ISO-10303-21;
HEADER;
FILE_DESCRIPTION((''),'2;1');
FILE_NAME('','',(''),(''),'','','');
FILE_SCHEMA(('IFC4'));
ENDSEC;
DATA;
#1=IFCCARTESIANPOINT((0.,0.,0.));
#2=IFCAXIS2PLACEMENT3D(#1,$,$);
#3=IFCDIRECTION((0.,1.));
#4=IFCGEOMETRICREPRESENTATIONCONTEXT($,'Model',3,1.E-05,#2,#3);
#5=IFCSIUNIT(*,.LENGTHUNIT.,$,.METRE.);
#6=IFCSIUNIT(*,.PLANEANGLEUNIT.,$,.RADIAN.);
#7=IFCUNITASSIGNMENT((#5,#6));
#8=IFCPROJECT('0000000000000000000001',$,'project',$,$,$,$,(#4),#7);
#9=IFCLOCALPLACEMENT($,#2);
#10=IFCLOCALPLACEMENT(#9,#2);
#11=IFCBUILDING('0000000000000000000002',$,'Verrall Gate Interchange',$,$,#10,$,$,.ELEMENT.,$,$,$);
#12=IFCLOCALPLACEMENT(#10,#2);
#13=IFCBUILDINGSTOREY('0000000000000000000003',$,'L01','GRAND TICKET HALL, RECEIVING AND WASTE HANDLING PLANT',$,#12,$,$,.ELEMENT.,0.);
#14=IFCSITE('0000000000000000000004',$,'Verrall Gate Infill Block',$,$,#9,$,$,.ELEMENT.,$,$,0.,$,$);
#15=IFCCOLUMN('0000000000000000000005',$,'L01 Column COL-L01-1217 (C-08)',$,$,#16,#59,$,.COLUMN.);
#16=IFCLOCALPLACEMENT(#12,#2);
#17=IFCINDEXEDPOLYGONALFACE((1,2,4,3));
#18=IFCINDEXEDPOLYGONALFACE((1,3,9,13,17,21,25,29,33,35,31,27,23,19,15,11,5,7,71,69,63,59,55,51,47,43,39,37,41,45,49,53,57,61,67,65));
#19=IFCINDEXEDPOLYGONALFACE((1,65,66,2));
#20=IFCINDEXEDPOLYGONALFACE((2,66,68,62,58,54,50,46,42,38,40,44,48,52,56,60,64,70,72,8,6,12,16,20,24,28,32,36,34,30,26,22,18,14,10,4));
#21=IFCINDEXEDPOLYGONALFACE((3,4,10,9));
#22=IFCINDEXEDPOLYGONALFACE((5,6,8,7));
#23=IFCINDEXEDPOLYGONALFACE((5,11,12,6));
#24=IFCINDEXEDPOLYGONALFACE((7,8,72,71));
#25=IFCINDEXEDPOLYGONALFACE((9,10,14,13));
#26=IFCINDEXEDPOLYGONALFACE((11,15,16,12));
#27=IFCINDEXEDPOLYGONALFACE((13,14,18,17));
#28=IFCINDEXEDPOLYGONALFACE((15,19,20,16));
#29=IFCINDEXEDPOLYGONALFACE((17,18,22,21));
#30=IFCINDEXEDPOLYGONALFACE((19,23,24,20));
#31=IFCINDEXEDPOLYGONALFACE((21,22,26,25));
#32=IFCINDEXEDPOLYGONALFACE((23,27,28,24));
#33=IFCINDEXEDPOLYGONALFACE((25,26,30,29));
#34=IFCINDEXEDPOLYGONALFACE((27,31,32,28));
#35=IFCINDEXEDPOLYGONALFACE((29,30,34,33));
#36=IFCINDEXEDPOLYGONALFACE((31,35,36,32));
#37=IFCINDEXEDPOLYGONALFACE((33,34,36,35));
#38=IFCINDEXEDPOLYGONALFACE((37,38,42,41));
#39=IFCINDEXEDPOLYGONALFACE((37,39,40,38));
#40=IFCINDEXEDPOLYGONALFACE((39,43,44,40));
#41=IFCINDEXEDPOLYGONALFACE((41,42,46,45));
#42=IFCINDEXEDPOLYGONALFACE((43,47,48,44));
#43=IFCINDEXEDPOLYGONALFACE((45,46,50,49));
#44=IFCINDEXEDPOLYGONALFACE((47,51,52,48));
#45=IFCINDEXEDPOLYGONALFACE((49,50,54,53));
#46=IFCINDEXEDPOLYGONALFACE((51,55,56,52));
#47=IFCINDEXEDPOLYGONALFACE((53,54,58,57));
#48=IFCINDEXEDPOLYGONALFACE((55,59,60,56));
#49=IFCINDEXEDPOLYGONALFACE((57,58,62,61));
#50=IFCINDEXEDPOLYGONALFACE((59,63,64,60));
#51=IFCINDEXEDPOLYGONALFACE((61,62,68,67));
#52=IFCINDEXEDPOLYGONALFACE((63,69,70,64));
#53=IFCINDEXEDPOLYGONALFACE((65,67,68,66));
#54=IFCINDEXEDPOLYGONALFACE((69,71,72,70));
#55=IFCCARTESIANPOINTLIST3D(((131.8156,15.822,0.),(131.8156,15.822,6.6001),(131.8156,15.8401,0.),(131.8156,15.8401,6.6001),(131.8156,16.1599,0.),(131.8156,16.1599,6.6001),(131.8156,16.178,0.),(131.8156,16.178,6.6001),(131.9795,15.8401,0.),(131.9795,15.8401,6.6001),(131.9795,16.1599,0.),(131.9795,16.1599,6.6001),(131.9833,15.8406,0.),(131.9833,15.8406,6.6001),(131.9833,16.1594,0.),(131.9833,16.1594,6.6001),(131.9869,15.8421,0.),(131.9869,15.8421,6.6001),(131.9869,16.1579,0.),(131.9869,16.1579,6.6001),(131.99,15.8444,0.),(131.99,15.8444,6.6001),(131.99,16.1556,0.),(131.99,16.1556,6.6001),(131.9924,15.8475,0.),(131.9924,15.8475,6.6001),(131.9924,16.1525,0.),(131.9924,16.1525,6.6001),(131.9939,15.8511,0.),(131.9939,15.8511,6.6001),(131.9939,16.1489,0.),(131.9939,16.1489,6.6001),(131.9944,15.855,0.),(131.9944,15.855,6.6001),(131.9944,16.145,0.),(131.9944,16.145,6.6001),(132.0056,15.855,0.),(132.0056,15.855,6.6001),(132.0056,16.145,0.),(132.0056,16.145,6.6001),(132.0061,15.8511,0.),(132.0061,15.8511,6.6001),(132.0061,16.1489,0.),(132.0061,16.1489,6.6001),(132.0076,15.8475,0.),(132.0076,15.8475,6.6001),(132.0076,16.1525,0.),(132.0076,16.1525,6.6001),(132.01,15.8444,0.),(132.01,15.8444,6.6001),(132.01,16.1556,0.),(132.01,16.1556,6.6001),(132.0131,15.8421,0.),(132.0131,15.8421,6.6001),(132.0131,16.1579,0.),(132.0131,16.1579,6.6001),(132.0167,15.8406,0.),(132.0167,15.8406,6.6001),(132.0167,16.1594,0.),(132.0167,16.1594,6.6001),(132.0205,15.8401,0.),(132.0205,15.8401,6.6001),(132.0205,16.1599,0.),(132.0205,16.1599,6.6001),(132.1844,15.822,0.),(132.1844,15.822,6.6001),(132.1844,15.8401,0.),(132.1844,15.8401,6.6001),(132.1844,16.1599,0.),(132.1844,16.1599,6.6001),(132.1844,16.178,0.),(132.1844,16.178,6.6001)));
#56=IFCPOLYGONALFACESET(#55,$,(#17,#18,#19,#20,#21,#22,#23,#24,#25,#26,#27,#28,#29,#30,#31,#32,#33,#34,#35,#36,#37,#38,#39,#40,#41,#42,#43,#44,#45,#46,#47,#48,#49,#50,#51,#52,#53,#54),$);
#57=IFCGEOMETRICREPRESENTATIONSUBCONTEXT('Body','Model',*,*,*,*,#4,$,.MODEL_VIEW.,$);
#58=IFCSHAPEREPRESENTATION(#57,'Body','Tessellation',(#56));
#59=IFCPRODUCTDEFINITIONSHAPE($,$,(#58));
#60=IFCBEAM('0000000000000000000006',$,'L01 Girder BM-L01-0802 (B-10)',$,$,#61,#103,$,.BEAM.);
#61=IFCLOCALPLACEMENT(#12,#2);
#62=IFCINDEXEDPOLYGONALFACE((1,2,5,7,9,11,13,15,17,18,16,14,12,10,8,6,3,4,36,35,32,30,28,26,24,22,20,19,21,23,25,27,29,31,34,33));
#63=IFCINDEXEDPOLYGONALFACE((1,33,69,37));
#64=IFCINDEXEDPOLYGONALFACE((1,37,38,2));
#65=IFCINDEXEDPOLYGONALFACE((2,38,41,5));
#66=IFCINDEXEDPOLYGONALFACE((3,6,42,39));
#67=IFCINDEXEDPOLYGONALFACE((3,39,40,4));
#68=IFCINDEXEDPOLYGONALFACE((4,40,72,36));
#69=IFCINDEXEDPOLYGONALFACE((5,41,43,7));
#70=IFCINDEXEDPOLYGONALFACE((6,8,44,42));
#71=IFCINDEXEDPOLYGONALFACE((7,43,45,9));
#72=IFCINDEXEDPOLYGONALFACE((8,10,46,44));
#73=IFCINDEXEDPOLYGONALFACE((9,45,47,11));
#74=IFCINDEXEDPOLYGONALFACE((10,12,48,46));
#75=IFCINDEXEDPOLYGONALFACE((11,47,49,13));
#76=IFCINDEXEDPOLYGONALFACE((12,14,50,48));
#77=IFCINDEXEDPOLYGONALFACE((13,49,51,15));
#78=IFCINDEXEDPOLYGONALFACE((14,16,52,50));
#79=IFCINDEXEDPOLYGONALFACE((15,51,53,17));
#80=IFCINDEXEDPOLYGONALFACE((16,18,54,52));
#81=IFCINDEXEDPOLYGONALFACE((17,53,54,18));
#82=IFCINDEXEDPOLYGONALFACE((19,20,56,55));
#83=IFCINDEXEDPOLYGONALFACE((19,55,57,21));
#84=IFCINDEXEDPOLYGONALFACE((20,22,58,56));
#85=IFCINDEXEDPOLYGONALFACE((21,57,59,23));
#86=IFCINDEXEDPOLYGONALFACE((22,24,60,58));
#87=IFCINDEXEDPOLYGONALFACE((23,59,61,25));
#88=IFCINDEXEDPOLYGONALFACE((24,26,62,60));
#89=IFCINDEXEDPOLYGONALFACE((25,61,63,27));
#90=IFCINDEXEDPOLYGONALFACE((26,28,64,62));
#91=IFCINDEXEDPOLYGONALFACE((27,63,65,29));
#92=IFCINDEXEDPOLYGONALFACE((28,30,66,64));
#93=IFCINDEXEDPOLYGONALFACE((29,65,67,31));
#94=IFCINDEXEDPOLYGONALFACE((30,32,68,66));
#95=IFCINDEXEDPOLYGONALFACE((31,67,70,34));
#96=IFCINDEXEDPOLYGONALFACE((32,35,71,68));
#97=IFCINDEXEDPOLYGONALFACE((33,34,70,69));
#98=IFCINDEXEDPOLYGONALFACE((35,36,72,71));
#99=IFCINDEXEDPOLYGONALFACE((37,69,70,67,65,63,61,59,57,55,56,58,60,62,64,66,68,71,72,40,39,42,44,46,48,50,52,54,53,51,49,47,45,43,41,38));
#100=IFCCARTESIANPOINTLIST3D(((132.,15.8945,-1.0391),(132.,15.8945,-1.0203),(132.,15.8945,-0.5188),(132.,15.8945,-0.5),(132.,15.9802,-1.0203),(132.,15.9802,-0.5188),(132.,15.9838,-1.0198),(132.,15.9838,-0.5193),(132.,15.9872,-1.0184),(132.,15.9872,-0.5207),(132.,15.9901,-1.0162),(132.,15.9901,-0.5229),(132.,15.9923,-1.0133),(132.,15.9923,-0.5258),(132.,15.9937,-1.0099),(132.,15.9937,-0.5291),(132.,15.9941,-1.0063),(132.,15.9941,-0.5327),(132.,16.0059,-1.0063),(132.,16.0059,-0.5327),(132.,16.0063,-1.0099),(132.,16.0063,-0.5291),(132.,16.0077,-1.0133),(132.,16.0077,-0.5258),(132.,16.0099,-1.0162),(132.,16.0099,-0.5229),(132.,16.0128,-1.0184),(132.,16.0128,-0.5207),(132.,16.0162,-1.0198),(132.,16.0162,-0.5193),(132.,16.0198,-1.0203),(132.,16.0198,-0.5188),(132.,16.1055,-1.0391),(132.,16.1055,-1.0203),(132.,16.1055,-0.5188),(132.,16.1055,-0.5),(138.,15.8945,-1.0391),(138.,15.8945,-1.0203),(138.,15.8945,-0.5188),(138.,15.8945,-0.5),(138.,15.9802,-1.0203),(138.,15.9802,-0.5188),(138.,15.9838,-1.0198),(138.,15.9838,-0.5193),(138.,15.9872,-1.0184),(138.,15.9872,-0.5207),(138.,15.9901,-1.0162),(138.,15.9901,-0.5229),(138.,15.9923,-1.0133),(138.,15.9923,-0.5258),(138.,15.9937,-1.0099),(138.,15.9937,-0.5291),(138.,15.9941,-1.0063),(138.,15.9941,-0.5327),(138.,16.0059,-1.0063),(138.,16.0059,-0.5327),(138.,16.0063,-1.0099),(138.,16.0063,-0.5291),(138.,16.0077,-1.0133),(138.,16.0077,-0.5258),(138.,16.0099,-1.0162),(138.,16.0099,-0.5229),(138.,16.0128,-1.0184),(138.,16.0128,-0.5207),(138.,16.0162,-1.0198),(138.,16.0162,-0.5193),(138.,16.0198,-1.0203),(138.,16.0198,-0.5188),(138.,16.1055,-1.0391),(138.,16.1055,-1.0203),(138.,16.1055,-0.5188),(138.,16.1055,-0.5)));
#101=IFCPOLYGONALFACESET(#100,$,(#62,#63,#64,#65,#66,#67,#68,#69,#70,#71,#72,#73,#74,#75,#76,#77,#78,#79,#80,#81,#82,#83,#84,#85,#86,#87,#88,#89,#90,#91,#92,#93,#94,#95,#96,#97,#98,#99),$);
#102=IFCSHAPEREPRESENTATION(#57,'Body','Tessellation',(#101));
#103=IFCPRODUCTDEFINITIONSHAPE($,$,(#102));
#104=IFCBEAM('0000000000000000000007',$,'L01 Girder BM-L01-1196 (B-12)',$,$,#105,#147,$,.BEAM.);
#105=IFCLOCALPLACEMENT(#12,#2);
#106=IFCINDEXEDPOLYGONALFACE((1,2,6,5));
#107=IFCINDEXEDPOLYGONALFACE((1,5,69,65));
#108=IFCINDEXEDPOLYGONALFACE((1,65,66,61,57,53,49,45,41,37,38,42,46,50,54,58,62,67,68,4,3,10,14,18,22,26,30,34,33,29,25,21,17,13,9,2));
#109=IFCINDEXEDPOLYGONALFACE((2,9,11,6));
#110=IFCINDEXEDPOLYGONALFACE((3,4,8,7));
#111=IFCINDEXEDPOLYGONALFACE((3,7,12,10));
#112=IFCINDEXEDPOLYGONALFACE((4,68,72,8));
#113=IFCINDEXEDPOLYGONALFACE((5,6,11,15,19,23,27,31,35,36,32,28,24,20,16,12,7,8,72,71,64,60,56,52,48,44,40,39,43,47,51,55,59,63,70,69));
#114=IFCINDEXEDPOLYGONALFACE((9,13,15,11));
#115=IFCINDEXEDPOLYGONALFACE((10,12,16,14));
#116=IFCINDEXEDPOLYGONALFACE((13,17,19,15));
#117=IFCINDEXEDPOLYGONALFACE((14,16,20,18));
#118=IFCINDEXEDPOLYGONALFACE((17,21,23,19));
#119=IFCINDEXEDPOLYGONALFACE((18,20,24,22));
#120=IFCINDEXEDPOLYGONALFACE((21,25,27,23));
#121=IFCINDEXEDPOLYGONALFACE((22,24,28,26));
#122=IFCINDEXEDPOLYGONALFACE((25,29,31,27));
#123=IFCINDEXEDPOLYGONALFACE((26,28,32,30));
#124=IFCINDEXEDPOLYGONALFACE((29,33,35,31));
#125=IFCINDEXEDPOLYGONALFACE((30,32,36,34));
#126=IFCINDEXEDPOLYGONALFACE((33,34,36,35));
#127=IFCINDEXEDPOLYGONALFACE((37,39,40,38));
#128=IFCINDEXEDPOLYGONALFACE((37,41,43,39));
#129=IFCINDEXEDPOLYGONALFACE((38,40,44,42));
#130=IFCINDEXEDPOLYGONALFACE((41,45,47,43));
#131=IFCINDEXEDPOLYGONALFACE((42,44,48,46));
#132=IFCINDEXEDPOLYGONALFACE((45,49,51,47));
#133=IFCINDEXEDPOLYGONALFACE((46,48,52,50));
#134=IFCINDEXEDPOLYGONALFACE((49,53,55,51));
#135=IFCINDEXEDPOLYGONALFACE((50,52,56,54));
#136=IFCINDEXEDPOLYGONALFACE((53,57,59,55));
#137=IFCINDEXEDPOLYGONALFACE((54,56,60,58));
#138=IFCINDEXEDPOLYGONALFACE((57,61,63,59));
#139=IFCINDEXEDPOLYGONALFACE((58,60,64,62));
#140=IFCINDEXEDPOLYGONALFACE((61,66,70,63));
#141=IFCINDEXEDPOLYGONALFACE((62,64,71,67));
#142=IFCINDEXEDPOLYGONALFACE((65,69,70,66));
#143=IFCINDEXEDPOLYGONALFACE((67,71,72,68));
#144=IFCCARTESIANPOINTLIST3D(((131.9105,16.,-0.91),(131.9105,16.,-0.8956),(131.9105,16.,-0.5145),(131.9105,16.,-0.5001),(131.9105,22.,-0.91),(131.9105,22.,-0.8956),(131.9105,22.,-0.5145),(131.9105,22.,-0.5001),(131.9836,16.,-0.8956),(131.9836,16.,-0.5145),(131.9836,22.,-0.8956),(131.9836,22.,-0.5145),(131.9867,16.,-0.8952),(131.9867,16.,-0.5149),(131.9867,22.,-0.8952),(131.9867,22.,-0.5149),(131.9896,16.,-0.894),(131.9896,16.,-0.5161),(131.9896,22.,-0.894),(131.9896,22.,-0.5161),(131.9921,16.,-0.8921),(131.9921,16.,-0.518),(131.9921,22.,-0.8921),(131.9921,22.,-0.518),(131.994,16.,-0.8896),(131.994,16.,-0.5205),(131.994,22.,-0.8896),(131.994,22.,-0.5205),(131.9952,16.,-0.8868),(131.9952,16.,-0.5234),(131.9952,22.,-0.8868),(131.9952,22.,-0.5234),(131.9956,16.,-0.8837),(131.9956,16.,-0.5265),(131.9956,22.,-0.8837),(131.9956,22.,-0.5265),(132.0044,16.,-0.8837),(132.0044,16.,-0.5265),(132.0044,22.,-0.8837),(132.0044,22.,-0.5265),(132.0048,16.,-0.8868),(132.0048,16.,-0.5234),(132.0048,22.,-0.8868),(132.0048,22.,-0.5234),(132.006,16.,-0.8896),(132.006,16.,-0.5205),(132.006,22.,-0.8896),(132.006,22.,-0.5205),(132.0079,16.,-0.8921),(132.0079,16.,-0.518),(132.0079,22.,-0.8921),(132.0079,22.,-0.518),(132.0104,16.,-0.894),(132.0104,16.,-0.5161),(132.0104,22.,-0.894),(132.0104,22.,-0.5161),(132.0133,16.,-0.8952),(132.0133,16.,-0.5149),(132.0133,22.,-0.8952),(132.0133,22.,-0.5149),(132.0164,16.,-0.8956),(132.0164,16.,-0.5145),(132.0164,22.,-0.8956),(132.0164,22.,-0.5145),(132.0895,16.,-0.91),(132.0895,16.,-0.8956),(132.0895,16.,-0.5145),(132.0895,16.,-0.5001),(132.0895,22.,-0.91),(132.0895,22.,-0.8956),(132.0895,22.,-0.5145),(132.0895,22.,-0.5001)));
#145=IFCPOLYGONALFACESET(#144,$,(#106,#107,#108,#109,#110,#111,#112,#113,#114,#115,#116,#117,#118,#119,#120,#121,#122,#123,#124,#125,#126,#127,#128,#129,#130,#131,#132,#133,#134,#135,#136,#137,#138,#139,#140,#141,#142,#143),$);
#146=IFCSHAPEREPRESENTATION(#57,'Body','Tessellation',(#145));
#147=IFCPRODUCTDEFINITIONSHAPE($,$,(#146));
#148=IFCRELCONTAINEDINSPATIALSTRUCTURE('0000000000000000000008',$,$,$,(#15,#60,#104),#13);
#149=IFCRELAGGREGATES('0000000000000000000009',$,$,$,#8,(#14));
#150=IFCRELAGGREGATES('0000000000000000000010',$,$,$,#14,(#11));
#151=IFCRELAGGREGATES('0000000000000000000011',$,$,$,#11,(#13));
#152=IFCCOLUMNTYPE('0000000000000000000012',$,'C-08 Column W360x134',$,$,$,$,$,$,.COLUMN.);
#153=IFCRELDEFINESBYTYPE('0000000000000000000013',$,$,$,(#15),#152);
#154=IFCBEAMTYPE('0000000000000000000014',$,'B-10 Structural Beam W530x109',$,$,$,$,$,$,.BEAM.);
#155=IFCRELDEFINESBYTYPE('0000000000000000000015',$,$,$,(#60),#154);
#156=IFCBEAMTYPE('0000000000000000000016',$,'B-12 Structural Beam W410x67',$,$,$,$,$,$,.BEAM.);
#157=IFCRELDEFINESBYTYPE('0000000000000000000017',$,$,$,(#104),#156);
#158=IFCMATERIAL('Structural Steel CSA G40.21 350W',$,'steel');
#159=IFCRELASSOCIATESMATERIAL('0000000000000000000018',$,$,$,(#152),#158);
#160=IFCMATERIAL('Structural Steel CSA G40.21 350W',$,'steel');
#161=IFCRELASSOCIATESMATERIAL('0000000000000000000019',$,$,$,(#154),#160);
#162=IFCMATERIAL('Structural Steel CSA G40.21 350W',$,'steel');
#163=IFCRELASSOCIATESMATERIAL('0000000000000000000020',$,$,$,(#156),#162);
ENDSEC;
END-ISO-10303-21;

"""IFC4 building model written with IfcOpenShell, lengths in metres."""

from ifc_helpers import new_model, si_unit, direction, frame, origin, origin_2d, place, context, subcontext, project, spatial, i_section, extrude, material, material_profile, profile_set, type_object, element, save


model = new_model("IFC4")

# Units and contexts
model_context = context("Model", 3, precision=1e-05, world=origin(), true_north=direction((0.0, 1.0)))
body_context = subcontext(model_context, "Body", "Model", "MODEL_VIEW")
ifc_project = project(units=[si_unit("LENGTHUNIT", "METRE"), si_unit("PLANEANGLEUNIT", "RADIAN")], contexts=[model_context])

# Site, building, storey
site_placement = place(None, origin())
site = spatial("IfcSite", under=ifc_project, at=site_placement, Name="Verrall Gate Infill Block", CompositionType="ELEMENT", RefElevation=0.0)
building_placement = place(site_placement, origin())
building = spatial("IfcBuilding", under=site, at=building_placement, Name="Verrall Gate Interchange", CompositionType="ELEMENT")
storey_placement = place(building_placement, origin())
storey = spatial("IfcBuildingStorey", under=building, at=storey_placement, Name="L01", Description="GRAND TICKET HALL, RECEIVING AND WASTE HANDLING PLANT", CompositionType="ELEMENT", Elevation=0.0)

# Column
ifc_material_1 = material(Name="Structural Steel CSA G40.21 350W", Category="steel")
ifc_material_profile_1 = material_profile(ifc_material_1, i_section(OverallWidth=0.3689, OverallDepth=0.356, WebThickness=0.0112, FlangeThickness=0.0181, FilletRadius=0.0149, at=origin_2d()), Name="W360x134")
ifc_profile_set_1 = profile_set([ifc_material_profile_1], Name="Structural Steel CSA G40.21 350W")
column_type = type_object("IfcColumnType", Name="C-08 Column W360x134", PredefinedType="COLUMN", material=ifc_profile_set_1)
column_placement = place(storey_placement, frame((132.0, 16.0, 0.0), z_axis=(0.0, 0.0, 1.0), x_axis=(1.0, 0.0, 0.0)))
element("IfcColumn", 1, at=column_placement, inside=storey, type_object=column_type, Name="L01 Column COL-L01-1217 (C-08)", PredefinedType="COLUMN", context=body_context, shape_type="SweptSolid", body=[
    extrude(i_section(OverallWidth=0.3689, OverallDepth=0.356, WebThickness=0.0112, FlangeThickness=0.0181, FilletRadius=0.0149, at=origin_2d()), origin(), (0.0, 0.0, 1.0), 6.6001),
])

# Beams
ifc_material_2 = material(Name="Structural Steel CSA G40.21 350W", Category="steel")
ifc_material_profile_2 = material_profile(ifc_material_2, i_section(OverallWidth=0.2109, OverallDepth=0.5391, WebThickness=0.0117, FlangeThickness=0.0188, FilletRadius=0.0139, at=origin_2d()), Name="W530x109")
ifc_profile_set_2 = profile_set([ifc_material_profile_2], Name="Structural Steel CSA G40.21 350W")
beam_type_1 = type_object("IfcBeamType", Name="B-10 Structural Beam W530x109", PredefinedType="BEAM", material=ifc_profile_set_2)
beam_1_placement = place(storey_placement, frame((132.0, 16.0, -0.7695), z_axis=(1.0, 0.0, 0.0), x_axis=(0.0, 1.0, 0.0)))
element("IfcBeam", 2, at=beam_1_placement, inside=storey, type_object=beam_type_1, Name="L01 Girder BM-L01-0802 (B-10)", PredefinedType="BEAM", context=body_context, shape_type="SweptSolid", body=[
    extrude(i_section(OverallWidth=0.2109, OverallDepth=0.5391, WebThickness=0.0117, FlangeThickness=0.0188, FilletRadius=0.0139, at=origin_2d()), origin(), (0.0, 0.0, 1.0), 6.0),
])
ifc_material_3 = material(Name="Structural Steel CSA G40.21 350W", Category="steel")
ifc_material_profile_3 = material_profile(ifc_material_3, i_section(OverallWidth=0.179, OverallDepth=0.4099, WebThickness=0.0088, FlangeThickness=0.0144, FilletRadius=0.012, at=origin_2d()), Name="W410x67")
ifc_profile_set_3 = profile_set([ifc_material_profile_3], Name="Structural Steel CSA G40.21 350W")
beam_type_2 = type_object("IfcBeamType", Name="B-12 Structural Beam W410x67", PredefinedType="BEAM", material=ifc_profile_set_3)
beam_2_placement = place(storey_placement, frame((132.0, 16.0, -0.7051), z_axis=(0.0, 1.0, 0.0), x_axis=(-1.0, 0.0, 0.0)))
element("IfcBeam", 3, at=beam_2_placement, inside=storey, type_object=beam_type_2, Name="L01 Girder BM-L01-1196 (B-12)", PredefinedType="BEAM", context=body_context, shape_type="SweptSolid", body=[
    extrude(i_section(OverallWidth=0.179, OverallDepth=0.4099, WebThickness=0.0088, FlangeThickness=0.0144, FilletRadius=0.012, at=origin_2d()), origin(), (0.0, 0.0, 1.0), 6.0),
])

save(model, "model.ifc")
